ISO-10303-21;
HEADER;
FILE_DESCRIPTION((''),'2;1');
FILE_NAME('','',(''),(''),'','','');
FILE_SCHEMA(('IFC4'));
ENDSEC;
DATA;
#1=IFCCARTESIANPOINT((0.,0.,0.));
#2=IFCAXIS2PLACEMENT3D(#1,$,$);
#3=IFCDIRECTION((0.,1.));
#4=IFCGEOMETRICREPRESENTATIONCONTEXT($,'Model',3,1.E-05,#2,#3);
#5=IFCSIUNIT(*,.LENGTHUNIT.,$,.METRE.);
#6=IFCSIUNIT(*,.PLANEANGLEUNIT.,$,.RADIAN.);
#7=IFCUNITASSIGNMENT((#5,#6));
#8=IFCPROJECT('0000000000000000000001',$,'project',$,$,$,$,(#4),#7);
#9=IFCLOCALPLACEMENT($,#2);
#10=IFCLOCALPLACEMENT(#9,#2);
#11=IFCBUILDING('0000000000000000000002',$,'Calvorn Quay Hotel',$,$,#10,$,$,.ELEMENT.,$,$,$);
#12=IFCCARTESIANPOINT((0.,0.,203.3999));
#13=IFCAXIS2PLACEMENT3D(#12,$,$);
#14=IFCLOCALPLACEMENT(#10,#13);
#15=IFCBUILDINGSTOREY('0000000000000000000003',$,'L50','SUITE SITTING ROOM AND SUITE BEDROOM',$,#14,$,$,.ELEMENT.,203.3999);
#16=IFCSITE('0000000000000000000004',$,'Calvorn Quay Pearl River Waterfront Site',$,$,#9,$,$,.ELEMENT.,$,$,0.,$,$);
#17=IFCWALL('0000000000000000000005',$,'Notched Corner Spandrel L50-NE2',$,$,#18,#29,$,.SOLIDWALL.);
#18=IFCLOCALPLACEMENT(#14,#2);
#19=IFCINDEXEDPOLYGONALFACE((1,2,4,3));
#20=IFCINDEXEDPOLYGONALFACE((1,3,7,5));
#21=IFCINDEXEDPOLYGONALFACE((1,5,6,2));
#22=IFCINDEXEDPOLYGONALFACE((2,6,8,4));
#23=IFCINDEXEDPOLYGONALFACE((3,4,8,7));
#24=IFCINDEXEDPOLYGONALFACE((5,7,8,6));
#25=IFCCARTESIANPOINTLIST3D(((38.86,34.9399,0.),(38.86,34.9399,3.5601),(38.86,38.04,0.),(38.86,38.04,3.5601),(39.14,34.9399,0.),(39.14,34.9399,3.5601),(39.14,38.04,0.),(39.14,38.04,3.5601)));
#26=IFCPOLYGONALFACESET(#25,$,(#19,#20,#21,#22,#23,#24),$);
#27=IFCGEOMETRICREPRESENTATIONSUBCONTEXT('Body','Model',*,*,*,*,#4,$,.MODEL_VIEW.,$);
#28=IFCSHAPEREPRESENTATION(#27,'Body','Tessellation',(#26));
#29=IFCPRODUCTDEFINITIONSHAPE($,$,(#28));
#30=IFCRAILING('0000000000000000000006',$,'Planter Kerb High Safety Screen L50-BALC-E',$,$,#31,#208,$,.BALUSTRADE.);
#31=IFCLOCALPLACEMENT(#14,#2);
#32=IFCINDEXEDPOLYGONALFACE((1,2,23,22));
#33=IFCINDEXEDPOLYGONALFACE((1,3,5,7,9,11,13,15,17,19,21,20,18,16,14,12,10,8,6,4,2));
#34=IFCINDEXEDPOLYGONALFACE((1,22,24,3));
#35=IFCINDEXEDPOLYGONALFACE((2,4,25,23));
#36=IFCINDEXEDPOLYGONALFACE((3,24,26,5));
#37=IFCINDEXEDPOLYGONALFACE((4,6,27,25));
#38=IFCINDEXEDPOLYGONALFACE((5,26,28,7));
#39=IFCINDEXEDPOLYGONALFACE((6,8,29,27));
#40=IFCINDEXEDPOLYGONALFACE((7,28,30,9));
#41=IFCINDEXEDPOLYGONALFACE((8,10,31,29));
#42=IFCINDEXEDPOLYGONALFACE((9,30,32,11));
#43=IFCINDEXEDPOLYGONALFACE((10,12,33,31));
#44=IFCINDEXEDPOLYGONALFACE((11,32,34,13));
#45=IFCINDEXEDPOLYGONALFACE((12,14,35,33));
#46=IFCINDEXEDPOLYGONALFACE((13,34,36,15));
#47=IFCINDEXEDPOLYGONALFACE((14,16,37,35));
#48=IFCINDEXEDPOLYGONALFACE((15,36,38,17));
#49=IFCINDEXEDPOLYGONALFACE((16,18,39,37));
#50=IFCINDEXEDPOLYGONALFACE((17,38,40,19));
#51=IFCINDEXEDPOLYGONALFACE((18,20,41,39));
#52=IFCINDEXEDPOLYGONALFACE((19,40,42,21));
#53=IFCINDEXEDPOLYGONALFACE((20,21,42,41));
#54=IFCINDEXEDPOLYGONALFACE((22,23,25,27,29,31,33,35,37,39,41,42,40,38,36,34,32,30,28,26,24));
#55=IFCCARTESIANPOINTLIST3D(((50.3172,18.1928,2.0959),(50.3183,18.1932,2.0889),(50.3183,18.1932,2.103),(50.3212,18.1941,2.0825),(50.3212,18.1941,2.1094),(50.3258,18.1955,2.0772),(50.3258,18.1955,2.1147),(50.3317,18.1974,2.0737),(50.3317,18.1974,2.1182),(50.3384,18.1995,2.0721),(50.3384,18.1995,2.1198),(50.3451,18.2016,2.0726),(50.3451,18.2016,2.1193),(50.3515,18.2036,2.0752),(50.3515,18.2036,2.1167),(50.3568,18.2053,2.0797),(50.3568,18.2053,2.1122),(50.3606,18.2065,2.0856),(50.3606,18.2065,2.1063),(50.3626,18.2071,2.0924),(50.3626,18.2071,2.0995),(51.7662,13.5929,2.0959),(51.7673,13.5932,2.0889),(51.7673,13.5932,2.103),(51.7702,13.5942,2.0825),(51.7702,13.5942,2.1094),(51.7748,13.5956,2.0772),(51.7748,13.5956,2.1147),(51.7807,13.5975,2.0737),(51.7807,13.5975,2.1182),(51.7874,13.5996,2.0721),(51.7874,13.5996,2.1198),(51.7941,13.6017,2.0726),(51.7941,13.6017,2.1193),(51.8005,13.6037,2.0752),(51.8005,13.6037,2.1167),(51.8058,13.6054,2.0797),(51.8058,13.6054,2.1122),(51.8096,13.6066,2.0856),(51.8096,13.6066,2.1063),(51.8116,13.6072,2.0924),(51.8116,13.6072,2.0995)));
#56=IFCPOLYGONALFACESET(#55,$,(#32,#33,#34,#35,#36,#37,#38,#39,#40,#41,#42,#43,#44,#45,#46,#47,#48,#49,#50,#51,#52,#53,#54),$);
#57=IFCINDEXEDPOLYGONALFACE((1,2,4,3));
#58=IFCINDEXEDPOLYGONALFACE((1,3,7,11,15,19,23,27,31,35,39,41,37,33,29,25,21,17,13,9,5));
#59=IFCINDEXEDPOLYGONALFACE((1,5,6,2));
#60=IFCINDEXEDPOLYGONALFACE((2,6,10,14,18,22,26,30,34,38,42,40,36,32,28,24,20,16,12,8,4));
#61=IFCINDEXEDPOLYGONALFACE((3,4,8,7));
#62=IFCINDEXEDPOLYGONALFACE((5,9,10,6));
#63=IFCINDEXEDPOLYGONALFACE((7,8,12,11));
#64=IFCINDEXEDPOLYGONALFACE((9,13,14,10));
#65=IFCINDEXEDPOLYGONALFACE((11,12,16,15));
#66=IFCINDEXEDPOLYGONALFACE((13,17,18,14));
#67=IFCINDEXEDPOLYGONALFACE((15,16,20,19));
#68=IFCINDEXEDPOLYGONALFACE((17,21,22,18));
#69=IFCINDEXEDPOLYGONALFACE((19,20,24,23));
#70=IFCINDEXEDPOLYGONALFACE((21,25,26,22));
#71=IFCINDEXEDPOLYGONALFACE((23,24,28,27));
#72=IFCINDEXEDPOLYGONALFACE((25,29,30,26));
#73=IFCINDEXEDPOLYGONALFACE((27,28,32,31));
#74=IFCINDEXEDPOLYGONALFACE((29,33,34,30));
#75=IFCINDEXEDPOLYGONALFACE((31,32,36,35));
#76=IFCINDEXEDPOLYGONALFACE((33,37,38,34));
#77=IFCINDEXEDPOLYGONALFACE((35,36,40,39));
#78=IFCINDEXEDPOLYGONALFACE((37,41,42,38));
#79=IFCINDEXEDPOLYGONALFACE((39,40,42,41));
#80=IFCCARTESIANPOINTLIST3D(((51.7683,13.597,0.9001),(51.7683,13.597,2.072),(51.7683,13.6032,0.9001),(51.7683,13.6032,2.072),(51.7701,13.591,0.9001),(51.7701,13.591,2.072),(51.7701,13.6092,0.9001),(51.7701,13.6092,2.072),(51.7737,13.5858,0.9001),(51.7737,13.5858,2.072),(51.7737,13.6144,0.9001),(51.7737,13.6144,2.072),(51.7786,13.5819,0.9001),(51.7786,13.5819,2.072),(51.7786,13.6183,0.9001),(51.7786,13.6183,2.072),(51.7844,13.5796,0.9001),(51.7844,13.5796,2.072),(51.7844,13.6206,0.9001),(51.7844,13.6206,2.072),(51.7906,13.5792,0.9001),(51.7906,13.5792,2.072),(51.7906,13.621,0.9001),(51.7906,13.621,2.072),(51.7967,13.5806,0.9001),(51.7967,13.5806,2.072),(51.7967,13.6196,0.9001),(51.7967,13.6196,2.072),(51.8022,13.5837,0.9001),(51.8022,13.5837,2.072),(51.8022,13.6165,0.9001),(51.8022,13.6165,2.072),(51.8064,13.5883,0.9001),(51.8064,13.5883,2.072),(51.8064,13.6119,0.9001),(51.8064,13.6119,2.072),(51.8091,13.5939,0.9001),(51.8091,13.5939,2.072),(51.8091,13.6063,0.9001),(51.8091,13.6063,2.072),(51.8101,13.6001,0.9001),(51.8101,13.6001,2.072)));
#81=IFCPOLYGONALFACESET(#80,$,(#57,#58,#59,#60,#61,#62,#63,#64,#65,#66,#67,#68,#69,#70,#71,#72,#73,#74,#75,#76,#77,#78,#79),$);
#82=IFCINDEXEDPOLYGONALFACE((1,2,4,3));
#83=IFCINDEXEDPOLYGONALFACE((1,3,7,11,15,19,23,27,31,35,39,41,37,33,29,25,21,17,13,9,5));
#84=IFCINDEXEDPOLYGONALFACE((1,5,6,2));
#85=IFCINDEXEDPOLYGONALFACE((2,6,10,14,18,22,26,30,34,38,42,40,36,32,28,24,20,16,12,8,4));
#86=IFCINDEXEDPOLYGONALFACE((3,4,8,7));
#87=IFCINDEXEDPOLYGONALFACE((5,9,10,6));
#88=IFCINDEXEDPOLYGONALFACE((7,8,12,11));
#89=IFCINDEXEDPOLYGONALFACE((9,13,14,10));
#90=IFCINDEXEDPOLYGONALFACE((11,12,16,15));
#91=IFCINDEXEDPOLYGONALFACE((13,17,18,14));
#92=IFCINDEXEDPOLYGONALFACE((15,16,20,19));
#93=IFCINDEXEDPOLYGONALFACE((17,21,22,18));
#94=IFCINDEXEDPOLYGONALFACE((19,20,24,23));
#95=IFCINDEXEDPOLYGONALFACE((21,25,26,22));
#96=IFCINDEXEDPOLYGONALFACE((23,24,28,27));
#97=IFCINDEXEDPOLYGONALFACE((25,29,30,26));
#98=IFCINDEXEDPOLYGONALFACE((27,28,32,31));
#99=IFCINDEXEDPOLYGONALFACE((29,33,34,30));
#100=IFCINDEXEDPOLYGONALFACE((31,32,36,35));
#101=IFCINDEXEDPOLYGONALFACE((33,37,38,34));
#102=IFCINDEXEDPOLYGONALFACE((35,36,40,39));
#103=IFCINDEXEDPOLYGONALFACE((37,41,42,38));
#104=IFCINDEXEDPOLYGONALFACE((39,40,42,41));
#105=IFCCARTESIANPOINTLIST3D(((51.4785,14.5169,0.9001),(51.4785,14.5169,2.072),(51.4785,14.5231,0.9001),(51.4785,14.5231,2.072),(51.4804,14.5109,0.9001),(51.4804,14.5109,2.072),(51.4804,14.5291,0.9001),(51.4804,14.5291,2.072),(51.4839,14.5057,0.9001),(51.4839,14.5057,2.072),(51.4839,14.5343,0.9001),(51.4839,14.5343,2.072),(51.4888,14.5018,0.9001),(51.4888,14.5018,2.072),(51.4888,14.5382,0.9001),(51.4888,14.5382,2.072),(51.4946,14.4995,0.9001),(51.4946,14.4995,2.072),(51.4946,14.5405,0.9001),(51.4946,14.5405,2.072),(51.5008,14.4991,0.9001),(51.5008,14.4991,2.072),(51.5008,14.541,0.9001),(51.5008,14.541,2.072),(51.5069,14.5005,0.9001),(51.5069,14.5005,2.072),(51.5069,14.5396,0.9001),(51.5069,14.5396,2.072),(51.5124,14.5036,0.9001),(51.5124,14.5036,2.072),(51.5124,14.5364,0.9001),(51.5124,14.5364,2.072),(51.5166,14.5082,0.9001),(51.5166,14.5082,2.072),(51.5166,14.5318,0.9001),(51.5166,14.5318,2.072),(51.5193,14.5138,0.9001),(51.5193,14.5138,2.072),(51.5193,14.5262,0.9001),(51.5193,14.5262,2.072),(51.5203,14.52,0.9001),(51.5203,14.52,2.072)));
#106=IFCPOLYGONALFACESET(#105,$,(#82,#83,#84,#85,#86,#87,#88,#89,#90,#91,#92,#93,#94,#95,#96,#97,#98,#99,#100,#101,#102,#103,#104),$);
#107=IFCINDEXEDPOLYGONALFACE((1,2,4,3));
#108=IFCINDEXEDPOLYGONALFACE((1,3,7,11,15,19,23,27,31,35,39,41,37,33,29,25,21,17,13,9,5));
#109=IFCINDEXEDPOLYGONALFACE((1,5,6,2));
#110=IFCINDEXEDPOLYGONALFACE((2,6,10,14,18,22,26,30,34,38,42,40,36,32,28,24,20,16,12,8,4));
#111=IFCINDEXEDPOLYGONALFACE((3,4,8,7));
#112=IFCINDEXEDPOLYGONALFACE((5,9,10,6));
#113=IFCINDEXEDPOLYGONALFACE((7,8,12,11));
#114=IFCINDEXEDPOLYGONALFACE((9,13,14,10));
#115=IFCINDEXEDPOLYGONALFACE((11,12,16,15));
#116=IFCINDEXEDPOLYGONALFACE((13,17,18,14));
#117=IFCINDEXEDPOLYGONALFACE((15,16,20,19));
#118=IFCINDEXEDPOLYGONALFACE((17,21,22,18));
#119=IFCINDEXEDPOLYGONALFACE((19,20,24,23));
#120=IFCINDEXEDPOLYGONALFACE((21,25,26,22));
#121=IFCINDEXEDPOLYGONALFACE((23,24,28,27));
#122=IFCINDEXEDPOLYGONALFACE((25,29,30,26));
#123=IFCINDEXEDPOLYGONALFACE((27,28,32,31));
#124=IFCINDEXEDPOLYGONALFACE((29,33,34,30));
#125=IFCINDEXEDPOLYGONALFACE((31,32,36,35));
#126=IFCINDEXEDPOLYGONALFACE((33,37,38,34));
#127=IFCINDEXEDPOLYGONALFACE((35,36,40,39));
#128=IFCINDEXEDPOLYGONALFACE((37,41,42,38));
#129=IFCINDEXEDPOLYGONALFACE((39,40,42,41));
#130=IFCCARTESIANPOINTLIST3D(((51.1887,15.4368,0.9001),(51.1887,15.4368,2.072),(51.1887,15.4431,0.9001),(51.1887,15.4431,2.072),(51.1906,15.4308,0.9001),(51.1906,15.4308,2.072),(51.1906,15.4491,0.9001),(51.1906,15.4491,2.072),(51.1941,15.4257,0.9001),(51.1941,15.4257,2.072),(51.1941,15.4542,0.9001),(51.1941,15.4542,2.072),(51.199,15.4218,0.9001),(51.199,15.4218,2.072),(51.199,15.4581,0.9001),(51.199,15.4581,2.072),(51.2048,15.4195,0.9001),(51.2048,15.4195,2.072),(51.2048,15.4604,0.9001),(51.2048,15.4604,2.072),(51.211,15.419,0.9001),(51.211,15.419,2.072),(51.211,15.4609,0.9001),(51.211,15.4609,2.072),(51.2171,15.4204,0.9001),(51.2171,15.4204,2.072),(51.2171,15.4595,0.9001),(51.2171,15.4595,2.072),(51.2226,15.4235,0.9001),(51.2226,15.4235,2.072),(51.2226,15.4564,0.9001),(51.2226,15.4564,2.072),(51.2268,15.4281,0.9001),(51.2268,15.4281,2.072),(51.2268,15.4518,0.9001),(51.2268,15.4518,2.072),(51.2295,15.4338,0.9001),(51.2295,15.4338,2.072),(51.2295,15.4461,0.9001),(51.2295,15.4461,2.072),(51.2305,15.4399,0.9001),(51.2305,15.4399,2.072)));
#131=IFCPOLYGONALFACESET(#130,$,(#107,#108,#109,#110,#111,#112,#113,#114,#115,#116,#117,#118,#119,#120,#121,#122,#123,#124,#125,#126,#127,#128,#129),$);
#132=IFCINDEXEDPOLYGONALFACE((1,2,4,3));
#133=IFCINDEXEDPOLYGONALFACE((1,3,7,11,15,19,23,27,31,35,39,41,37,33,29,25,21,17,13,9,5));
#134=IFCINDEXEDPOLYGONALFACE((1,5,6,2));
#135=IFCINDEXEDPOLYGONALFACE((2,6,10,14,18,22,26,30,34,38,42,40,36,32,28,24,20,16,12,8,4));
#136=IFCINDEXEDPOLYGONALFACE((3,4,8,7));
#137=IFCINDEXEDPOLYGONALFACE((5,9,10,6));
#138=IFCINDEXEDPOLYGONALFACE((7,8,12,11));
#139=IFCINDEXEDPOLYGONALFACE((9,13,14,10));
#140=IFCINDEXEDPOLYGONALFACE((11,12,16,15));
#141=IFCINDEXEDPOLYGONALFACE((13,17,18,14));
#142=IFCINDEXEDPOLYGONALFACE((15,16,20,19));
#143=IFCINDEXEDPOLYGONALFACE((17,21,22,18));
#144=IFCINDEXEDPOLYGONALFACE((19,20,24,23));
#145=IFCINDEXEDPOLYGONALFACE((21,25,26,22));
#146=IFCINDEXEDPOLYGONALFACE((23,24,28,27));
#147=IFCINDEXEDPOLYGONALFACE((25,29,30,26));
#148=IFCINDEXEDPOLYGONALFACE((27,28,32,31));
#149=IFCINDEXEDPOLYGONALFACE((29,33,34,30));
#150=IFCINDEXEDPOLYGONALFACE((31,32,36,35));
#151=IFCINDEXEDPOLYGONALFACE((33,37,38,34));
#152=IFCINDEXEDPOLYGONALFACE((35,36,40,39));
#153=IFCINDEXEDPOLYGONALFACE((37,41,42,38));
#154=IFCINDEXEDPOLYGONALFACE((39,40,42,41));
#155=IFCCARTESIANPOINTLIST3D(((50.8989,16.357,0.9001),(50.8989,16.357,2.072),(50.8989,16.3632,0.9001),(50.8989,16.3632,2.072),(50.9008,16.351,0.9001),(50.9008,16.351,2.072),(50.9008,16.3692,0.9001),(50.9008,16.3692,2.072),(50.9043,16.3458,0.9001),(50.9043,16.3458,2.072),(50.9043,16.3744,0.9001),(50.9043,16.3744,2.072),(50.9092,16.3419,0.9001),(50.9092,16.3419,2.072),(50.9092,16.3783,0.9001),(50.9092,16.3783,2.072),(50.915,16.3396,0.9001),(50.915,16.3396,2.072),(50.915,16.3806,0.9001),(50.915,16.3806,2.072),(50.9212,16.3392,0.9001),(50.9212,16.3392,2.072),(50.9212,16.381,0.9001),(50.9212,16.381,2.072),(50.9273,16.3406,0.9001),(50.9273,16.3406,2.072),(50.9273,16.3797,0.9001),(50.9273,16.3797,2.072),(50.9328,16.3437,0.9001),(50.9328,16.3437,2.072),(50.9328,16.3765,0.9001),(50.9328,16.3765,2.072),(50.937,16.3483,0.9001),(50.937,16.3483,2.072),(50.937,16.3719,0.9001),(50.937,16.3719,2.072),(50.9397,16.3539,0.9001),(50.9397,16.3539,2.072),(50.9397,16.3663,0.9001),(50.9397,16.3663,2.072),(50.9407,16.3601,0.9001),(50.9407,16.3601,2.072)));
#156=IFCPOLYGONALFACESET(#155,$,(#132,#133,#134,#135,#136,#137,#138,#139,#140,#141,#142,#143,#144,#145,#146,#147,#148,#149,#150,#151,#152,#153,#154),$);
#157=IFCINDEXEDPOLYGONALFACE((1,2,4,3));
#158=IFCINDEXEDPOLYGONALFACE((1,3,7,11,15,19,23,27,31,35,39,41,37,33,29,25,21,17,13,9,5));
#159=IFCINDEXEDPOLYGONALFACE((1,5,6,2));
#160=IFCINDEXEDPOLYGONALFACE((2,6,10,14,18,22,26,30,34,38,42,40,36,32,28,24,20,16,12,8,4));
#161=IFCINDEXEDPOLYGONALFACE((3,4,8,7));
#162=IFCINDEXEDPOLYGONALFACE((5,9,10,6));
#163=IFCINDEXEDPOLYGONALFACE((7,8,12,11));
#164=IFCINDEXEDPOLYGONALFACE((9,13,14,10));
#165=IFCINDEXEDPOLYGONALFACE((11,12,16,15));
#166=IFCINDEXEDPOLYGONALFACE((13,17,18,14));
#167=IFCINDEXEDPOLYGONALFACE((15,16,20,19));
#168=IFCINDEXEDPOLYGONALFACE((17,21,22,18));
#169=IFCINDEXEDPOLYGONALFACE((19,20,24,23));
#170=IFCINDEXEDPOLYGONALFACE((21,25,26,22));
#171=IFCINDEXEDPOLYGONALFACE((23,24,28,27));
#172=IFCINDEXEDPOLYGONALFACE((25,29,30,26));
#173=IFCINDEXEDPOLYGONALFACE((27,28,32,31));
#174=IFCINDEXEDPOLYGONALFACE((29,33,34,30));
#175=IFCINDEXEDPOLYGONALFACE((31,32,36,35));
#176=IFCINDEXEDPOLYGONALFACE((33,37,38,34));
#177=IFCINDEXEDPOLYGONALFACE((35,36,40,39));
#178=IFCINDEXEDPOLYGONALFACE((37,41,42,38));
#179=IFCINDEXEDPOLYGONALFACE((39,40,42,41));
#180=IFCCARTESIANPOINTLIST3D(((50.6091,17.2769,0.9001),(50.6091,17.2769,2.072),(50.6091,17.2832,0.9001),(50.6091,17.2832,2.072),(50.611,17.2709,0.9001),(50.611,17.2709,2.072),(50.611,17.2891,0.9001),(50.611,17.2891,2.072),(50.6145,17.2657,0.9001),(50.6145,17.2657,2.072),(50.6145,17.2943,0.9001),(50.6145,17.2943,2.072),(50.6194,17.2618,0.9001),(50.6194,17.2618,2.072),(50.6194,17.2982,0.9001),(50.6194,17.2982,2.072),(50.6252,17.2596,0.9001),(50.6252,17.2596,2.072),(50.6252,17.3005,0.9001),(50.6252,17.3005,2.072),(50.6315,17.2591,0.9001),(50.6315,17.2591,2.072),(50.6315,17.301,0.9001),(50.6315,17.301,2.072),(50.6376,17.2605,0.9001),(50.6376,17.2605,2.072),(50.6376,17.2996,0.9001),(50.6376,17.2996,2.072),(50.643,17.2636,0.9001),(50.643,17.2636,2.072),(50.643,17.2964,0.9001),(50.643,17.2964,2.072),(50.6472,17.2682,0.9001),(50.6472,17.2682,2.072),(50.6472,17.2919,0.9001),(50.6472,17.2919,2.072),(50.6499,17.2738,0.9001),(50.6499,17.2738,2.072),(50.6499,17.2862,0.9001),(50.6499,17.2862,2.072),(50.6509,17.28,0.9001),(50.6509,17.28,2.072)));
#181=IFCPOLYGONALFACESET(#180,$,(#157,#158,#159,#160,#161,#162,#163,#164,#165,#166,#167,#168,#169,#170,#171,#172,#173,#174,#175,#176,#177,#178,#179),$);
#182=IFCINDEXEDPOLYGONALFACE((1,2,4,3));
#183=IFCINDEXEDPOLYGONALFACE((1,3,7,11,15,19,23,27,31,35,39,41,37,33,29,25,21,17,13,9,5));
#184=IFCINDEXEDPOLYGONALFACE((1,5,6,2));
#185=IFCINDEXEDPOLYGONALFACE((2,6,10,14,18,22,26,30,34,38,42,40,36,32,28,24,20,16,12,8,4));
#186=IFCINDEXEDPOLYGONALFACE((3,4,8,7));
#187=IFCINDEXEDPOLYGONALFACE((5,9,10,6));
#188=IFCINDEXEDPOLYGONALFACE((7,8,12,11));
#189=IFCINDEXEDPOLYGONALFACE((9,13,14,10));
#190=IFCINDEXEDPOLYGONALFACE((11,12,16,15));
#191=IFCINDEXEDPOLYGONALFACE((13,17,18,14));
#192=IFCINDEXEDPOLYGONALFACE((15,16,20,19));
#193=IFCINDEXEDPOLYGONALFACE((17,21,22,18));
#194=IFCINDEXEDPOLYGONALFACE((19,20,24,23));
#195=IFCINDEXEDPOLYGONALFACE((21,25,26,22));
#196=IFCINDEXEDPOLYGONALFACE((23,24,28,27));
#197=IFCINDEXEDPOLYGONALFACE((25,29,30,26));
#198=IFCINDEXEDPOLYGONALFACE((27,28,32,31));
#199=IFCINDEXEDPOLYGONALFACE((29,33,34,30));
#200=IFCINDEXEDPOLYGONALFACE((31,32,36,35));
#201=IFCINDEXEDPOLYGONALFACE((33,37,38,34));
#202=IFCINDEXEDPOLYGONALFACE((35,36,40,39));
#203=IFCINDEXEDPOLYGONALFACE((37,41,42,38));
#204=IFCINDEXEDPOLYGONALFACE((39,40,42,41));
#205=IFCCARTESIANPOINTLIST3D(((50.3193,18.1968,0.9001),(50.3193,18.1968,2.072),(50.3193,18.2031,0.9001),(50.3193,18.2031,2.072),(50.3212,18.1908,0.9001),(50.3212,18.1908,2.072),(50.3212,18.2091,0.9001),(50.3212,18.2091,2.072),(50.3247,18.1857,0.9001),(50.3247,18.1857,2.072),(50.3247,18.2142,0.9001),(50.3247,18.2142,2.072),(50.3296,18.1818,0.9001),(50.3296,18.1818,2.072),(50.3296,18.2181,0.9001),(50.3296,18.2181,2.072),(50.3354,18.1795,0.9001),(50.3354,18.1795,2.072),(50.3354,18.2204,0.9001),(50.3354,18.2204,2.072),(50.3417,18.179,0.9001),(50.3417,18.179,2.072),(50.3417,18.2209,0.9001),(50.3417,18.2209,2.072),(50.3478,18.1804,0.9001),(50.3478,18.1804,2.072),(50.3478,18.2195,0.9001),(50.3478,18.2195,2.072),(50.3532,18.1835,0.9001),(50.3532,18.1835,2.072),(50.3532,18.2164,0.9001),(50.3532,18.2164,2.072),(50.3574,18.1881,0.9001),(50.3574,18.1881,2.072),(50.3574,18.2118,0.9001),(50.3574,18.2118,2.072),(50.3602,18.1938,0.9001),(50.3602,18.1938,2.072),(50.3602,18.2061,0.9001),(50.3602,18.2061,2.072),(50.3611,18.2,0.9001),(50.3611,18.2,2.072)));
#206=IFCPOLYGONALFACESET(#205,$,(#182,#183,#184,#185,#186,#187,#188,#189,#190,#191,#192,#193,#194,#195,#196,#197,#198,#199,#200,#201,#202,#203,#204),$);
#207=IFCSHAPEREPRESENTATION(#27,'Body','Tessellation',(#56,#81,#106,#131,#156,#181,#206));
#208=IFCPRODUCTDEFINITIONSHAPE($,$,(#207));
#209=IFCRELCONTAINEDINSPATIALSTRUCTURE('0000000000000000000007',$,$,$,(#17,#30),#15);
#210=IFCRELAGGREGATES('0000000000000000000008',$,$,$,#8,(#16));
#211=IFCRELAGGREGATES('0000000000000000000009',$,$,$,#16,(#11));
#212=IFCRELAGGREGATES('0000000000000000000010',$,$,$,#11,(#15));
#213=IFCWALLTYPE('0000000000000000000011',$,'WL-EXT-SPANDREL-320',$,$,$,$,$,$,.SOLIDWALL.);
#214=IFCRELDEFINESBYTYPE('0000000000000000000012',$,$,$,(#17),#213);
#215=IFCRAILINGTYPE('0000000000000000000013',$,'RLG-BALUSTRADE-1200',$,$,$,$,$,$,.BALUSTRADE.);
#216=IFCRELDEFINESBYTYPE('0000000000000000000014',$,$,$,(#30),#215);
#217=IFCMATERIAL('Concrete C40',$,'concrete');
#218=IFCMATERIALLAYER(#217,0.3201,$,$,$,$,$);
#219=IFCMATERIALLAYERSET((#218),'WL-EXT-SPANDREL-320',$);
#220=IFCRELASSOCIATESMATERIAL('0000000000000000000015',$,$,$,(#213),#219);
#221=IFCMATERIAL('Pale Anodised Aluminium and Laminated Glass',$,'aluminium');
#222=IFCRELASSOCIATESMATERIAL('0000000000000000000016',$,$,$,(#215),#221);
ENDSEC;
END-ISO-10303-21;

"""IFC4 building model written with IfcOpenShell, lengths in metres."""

from ifc_helpers import new_model, si_unit, direction, frame, frame_2d, origin, origin_2d, place, context, subcontext, project, spatial, rectangle, circle, extrude, material, layer, layer_set, type_object, element, save


model = new_model("IFC4")

# Units and contexts
model_context = context("Model", 3, precision=1e-05, world=origin(), true_north=direction((0.0, 1.0)))
body_context = subcontext(model_context, "Body", "Model", "MODEL_VIEW")
ifc_project = project(units=[si_unit("LENGTHUNIT", "METRE"), si_unit("PLANEANGLEUNIT", "RADIAN")], contexts=[model_context])

# Site, building, storey
site_placement = place(None, origin())
site = spatial("IfcSite", under=ifc_project, at=site_placement, Name="Calvorn Quay Pearl River Waterfront Site", CompositionType="ELEMENT", RefElevation=0.0)
building_placement = place(site_placement, origin())
building = spatial("IfcBuilding", under=site, at=building_placement, Name="Calvorn Quay Hotel", CompositionType="ELEMENT")
storey_placement = place(building_placement, frame((0.0, 0.0, 203.3999)))
storey = spatial("IfcBuildingStorey", under=building, at=storey_placement, Name="L50", Description="SUITE SITTING ROOM AND SUITE BEDROOM", CompositionType="ELEMENT", Elevation=203.3999)

# Wall
ifc_material_1 = material(Name="Concrete C40", Category="concrete")
ifc_layer_1 = layer(ifc_material_1, 0.3201)
ifc_layer_set_1 = layer_set([ifc_layer_1], Name="WL-EXT-SPANDREL-320")
wall_type_1 = type_object("IfcWallType", Name="WL-EXT-SPANDREL-320", PredefinedType="SOLIDWALL", material=ifc_layer_set_1)
wall_1_placement = place(storey_placement, frame((39.0, 34.9399, 0.0), z_axis=(0.0, 0.0, 1.0), x_axis=(0.0, 1.0, 0.0)))
element("IfcWall", 1, at=wall_1_placement, inside=storey, type_object=wall_type_1, Name="Notched Corner Spandrel L50-NE2", PredefinedType="SOLIDWALL", context=body_context, shape_type="SweptSolid", body=[
    extrude(rectangle(XDim=3.1001, YDim=0.28, at=frame_2d((1.55, 0.0))), origin(), (0.0, 0.0, 1.0), 3.5601),
])

# Railing
ifc_material_2 = material(Name="Pale Anodised Aluminium and Laminated Glass", Category="aluminium")
railing_type = type_object("IfcRailingType", Name="RLG-BALUSTRADE-1200", PredefinedType="BALUSTRADE", material=ifc_material_2)
railing_placement = place(storey_placement, frame((51.7891, 13.6001, 0.9001)))
element("IfcRailing", 2, at=railing_placement, inside=storey, type_object=railing_type, Name="Planter Kerb High Safety Screen L50-BALC-E", PredefinedType="BALUSTRADE", context=body_context, shape_type="SweptSolid", body=[
    extrude(circle(Radius=0.0239, at=origin_2d()), frame((0.0, 0.0, 1.1958), z_axis=(-0.30045, 0.953797, 0.0), x_axis=(-0.953797, -0.30045, 0.0)), (0.0, 0.0, 1.0), 4.8228),
    extrude(circle(Radius=0.021, at=origin_2d()), origin(), (0.0, 0.0, 1.0), 1.1719),
    extrude(circle(Radius=0.021, at=origin_2d()), frame((-0.2898, 0.9199, 0.0)), (0.0, 0.0, 1.0), 1.1719),
    extrude(circle(Radius=0.021, at=origin_2d()), frame((-0.5796, 1.8398, 0.0)), (0.0, 0.0, 1.0), 1.1719),
    extrude(circle(Radius=0.021, at=origin_2d()), frame((-0.8694, 2.76, 0.0)), (0.0, 0.0, 1.0), 1.1719),
    extrude(circle(Radius=0.021, at=origin_2d()), frame((-1.1592, 3.6799, 0.0)), (0.0, 0.0, 1.0), 1.1719),
    extrude(circle(Radius=0.021, at=origin_2d()), frame((-1.449, 4.5999, 0.0)), (0.0, 0.0, 1.0), 1.1719),
])

save(model, "model.ifc")
